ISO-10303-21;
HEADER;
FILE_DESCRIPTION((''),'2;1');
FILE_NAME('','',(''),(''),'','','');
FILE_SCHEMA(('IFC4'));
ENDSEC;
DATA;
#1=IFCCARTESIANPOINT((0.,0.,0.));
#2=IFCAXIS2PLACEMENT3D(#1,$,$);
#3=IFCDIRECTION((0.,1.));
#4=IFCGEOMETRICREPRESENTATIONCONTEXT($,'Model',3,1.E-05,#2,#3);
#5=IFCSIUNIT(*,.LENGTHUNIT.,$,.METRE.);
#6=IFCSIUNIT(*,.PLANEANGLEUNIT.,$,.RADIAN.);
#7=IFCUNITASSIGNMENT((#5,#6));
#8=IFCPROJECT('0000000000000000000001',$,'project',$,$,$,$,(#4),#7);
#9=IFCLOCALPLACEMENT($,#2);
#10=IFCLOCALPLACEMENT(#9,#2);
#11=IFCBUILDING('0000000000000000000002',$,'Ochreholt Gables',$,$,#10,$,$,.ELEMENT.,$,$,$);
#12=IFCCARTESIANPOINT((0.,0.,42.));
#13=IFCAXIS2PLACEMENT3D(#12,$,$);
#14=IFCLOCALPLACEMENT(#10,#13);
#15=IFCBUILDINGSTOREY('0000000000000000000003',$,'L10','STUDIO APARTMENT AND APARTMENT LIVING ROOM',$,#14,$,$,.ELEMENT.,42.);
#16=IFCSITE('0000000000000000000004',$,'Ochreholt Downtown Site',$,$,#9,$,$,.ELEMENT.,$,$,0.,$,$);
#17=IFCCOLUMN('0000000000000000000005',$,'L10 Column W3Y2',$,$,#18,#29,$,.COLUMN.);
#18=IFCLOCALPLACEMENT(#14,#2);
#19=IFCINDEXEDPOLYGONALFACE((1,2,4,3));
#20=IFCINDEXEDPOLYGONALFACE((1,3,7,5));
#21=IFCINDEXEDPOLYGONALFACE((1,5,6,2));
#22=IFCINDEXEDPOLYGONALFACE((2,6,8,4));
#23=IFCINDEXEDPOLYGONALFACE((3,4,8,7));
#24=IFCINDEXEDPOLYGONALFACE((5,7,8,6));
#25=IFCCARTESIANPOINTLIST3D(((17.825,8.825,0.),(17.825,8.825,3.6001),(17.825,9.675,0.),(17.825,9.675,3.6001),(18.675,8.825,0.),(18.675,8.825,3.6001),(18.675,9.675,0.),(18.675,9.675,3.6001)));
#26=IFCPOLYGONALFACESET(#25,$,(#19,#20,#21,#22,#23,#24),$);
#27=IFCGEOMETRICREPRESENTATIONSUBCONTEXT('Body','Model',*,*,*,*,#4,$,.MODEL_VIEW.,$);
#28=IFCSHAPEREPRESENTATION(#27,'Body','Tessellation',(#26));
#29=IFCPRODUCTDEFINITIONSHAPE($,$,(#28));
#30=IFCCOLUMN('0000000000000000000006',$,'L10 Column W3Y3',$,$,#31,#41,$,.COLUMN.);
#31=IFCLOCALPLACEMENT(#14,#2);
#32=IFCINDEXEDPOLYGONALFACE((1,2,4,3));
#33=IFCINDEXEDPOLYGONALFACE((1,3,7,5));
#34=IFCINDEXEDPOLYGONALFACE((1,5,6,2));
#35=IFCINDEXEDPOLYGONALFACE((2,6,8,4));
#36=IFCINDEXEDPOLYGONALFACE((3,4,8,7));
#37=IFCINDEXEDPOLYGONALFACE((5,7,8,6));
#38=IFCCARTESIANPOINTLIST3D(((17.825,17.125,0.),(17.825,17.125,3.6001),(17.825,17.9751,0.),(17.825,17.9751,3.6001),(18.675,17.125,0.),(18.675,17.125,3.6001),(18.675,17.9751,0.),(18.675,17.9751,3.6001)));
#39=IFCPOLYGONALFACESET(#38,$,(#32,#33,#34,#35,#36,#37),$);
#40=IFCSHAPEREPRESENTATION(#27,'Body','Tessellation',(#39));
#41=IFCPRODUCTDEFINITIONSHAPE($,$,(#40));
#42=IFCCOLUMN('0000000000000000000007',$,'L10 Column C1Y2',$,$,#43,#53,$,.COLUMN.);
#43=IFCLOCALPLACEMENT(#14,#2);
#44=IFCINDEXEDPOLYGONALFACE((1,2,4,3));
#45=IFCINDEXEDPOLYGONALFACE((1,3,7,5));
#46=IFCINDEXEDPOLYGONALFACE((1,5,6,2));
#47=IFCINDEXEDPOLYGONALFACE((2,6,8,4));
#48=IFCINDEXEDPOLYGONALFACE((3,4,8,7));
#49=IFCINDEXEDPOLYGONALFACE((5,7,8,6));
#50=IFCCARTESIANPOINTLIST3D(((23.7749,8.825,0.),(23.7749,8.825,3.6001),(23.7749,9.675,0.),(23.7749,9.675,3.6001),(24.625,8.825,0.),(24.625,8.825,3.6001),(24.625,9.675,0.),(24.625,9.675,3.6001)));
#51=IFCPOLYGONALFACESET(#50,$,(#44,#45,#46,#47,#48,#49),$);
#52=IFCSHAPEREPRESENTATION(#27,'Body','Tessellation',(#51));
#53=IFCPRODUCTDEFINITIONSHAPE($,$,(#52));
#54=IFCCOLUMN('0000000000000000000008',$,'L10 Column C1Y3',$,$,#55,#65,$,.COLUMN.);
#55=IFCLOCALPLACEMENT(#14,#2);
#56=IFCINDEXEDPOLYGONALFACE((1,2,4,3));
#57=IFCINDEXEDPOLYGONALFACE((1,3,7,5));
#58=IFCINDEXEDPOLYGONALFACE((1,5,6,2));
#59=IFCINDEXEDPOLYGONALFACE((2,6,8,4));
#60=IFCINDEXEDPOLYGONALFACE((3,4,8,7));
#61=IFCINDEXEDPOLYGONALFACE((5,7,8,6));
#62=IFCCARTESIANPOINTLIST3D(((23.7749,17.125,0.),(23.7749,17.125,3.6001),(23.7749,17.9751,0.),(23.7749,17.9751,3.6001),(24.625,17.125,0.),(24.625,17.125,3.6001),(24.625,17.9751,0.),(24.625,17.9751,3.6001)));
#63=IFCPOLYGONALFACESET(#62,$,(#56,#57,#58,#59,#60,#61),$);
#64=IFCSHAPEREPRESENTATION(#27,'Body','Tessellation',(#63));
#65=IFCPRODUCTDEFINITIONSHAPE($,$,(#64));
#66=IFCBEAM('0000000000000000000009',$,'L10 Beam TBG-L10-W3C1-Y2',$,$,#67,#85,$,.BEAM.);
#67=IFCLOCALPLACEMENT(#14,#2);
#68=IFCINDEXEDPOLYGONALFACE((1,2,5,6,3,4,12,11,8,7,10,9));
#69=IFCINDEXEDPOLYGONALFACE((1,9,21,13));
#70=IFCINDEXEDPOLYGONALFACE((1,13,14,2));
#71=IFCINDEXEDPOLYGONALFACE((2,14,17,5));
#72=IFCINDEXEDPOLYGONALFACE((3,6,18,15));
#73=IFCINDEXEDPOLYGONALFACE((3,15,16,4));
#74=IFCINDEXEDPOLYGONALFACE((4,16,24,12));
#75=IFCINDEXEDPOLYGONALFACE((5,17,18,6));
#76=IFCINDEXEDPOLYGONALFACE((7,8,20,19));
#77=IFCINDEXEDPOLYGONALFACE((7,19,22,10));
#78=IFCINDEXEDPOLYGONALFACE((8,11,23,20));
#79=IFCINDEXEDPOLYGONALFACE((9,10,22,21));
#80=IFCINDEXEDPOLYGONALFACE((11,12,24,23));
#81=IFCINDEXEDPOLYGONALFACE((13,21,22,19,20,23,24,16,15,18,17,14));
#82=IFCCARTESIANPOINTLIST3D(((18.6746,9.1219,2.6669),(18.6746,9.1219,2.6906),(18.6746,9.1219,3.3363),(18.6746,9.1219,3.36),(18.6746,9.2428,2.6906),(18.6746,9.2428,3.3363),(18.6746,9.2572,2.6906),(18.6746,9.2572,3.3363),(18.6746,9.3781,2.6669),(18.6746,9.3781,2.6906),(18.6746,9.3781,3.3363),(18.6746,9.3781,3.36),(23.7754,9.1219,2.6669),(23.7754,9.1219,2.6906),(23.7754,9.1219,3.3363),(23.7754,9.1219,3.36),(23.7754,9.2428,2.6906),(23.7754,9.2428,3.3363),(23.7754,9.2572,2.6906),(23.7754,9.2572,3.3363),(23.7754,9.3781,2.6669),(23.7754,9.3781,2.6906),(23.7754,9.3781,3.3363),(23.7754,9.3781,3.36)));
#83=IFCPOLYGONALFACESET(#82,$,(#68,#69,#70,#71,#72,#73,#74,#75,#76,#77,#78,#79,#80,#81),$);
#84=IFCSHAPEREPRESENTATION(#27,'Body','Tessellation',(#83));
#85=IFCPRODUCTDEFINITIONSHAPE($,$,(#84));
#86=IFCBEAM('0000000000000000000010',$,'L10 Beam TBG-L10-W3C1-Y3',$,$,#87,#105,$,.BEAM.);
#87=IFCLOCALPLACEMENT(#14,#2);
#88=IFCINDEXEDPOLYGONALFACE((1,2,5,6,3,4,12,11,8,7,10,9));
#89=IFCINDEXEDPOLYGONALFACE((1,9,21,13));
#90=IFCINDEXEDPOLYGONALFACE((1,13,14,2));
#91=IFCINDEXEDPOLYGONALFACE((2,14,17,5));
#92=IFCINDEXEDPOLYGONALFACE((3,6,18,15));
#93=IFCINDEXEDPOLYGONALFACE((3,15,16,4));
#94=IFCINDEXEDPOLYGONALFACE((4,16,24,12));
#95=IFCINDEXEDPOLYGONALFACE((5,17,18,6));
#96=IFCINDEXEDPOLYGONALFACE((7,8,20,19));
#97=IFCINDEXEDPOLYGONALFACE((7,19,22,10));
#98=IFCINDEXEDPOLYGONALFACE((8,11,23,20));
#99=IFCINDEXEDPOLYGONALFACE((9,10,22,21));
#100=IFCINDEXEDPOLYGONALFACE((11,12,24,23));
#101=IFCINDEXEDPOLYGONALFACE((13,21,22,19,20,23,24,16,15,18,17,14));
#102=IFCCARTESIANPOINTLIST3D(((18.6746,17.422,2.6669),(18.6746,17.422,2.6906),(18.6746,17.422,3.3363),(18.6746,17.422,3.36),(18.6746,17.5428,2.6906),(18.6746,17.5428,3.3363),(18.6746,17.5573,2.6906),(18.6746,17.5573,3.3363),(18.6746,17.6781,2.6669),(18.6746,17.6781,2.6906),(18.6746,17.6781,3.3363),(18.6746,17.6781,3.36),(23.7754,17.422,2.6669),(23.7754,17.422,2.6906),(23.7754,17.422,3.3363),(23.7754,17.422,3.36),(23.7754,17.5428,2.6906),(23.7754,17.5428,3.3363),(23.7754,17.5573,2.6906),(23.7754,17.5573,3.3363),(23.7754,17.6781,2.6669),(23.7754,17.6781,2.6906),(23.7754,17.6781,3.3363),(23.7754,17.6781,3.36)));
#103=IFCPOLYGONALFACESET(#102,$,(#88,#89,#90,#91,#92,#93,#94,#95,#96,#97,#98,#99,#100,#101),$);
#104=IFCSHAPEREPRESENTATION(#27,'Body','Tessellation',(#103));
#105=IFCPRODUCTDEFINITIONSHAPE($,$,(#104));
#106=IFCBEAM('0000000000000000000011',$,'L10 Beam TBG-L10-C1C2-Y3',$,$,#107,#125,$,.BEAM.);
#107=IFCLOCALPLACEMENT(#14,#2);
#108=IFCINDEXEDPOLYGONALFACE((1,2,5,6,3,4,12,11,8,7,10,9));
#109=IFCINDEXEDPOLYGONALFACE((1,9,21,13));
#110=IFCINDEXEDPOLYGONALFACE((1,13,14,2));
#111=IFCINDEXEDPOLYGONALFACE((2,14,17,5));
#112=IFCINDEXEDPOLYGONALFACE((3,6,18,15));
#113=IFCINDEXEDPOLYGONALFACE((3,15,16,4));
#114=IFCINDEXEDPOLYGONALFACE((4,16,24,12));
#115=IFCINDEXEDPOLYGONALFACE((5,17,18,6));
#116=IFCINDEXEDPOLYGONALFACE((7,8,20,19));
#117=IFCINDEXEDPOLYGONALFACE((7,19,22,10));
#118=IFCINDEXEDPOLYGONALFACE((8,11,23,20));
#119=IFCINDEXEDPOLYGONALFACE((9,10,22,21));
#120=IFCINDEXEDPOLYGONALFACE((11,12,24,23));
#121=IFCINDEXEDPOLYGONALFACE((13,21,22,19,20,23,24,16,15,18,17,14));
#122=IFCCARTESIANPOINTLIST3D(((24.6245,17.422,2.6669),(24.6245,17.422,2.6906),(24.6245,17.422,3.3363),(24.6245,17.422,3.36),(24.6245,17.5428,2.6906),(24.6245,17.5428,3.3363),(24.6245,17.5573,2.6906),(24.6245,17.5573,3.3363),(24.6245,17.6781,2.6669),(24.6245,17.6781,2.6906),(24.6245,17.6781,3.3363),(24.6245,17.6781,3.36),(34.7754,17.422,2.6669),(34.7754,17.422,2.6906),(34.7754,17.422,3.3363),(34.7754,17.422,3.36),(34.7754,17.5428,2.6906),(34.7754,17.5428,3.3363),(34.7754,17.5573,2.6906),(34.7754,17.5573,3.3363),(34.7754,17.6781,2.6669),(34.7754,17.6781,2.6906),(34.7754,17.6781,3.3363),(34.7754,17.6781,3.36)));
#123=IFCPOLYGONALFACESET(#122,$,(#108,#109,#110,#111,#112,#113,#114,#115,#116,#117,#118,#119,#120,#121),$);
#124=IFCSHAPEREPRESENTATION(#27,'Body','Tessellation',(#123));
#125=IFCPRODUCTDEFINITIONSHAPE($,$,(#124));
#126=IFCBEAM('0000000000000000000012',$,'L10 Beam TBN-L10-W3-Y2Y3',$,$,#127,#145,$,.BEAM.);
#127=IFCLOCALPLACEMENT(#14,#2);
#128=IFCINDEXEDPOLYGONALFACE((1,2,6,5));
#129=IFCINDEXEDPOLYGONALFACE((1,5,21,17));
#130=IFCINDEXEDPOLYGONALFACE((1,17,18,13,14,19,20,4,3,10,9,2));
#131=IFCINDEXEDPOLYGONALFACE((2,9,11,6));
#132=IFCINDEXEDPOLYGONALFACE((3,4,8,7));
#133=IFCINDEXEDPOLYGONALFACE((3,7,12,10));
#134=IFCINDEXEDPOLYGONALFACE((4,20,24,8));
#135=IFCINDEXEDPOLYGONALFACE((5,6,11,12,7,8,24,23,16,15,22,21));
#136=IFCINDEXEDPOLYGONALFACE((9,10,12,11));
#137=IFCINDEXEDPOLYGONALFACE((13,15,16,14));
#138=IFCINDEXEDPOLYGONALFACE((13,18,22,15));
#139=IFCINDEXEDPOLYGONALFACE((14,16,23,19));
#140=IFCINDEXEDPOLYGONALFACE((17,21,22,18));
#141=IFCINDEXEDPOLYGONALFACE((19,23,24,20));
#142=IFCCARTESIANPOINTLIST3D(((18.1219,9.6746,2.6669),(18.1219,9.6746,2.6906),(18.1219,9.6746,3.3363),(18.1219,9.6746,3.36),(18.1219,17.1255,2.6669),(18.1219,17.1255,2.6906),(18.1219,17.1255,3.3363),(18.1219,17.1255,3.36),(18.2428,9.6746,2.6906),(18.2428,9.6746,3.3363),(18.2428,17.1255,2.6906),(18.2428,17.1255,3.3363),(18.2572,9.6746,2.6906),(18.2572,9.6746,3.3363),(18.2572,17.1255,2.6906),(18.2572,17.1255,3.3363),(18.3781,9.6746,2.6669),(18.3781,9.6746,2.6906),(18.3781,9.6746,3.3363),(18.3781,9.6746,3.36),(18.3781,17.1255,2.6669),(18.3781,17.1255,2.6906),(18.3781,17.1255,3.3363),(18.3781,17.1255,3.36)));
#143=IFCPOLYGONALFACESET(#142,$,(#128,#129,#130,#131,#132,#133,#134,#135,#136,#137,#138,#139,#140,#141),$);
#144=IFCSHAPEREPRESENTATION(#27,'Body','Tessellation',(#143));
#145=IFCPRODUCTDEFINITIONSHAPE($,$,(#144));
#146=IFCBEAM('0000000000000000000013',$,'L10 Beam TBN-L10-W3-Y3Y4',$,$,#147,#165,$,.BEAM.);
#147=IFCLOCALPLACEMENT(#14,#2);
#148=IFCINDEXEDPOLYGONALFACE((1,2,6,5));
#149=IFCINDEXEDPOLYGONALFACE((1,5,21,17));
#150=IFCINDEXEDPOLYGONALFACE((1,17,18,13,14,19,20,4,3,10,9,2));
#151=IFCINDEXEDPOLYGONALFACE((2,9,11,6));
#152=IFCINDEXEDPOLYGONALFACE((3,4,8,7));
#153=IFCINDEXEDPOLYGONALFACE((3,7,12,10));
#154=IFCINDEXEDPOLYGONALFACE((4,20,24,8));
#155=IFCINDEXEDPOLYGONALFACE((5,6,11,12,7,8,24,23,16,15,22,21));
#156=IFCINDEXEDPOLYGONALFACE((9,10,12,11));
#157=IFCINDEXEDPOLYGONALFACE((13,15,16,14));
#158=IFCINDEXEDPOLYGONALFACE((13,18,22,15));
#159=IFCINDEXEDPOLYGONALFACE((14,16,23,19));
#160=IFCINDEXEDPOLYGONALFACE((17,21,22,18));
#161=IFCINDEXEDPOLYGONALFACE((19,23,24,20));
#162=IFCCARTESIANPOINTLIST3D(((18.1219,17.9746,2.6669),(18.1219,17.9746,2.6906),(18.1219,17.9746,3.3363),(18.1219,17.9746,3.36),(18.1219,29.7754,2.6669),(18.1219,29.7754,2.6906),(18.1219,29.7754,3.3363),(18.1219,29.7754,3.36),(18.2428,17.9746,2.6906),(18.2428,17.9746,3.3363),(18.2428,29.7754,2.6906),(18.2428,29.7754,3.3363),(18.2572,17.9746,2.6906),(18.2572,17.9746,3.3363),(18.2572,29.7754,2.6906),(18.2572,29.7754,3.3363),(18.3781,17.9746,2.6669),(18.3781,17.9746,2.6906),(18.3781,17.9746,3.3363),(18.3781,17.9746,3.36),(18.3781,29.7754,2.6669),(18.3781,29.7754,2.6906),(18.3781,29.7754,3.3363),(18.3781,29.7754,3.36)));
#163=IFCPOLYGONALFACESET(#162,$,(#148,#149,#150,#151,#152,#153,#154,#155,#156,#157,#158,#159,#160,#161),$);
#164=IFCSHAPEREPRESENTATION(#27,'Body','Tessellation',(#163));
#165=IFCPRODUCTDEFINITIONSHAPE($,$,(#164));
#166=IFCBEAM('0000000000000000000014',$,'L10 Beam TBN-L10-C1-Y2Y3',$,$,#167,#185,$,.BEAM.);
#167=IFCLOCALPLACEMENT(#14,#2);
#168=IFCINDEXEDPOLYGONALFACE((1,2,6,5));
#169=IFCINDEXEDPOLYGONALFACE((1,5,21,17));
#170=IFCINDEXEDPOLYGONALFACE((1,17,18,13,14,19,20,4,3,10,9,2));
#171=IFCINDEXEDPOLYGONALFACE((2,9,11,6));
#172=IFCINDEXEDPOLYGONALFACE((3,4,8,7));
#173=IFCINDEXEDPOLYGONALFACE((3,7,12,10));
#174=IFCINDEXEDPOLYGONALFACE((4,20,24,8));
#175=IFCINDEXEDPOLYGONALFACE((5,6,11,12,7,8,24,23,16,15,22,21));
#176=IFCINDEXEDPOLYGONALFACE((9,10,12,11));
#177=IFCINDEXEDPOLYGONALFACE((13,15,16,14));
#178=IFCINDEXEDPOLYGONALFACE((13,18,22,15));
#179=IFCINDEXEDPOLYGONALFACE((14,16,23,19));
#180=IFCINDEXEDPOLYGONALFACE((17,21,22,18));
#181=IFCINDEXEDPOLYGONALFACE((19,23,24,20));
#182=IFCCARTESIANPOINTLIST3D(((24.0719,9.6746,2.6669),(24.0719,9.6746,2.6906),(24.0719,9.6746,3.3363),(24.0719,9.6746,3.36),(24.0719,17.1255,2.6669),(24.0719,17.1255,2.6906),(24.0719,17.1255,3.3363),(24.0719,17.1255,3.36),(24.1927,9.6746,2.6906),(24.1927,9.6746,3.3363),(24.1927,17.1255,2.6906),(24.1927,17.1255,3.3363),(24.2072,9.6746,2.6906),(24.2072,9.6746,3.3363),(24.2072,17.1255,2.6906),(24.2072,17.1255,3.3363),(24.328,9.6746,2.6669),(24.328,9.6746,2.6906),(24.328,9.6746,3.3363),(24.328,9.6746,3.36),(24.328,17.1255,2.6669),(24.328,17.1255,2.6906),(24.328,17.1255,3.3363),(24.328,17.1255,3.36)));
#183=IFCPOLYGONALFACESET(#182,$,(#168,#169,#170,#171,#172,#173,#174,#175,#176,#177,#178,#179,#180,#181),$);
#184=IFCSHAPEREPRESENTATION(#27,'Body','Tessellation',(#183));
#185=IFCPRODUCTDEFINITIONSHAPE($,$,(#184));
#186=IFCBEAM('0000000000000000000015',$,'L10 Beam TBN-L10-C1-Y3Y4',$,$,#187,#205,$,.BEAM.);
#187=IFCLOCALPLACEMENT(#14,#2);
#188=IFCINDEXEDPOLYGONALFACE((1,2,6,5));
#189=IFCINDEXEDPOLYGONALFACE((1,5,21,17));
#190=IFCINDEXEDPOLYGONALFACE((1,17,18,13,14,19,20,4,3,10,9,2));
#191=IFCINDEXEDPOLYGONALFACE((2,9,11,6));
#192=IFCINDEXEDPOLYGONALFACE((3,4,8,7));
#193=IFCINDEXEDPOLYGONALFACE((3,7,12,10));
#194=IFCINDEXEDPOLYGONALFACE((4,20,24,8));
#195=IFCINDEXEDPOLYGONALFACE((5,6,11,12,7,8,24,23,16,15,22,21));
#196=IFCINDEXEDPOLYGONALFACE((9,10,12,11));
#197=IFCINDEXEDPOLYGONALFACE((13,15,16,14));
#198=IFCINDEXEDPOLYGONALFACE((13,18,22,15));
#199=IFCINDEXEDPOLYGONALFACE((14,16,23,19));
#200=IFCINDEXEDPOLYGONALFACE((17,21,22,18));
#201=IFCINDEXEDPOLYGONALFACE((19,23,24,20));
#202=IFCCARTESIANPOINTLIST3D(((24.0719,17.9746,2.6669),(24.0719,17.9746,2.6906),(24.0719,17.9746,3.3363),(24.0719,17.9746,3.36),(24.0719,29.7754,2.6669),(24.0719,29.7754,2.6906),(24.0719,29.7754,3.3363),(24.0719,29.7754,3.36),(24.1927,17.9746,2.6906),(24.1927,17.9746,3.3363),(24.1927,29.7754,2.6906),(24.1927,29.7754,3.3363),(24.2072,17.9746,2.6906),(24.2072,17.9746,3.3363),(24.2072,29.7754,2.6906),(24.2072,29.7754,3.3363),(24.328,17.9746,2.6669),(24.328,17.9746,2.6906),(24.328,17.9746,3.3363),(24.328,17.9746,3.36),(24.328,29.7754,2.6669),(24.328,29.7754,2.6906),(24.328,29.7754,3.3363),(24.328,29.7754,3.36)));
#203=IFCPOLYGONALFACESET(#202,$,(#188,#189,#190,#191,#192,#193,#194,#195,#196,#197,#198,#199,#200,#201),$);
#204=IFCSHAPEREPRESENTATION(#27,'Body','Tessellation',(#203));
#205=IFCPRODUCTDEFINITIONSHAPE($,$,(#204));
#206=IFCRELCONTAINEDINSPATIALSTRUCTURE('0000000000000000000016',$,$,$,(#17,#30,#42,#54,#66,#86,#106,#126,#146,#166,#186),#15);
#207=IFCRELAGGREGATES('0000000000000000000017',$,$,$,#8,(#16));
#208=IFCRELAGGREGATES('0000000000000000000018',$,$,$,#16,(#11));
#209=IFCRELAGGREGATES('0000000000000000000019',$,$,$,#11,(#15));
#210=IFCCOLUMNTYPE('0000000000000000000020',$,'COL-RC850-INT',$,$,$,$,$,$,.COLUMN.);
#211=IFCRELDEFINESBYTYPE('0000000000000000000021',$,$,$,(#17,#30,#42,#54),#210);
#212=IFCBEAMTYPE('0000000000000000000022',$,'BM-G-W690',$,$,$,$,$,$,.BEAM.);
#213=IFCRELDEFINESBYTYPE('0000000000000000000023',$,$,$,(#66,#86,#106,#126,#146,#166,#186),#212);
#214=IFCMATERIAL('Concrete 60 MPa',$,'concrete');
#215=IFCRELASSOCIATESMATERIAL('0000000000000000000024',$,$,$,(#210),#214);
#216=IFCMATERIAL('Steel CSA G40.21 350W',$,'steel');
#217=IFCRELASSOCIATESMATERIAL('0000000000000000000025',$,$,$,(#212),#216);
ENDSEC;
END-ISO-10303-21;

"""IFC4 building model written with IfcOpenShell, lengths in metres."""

from ifc_helpers import new_model, si_unit, direction, frame, origin, origin_2d, place, context, subcontext, project, spatial, rectangle, i_section, extrude, material, material_profile, profile_set, type_object, element, save


model = new_model("IFC4")

# Units and contexts
model_context = context("Model", 3, precision=1e-05, world=origin(), true_north=direction((0.0, 1.0)))
body_context = subcontext(model_context, "Body", "Model", "MODEL_VIEW")
ifc_project = project(units=[si_unit("LENGTHUNIT", "METRE"), si_unit("PLANEANGLEUNIT", "RADIAN")], contexts=[model_context])

# Site, building, storey
site_placement = place(None, origin())
site = spatial("IfcSite", under=ifc_project, at=site_placement, Name="Ochreholt Downtown Site", CompositionType="ELEMENT", RefElevation=0.0)
building_placement = place(site_placement, origin())
building = spatial("IfcBuilding", under=site, at=building_placement, Name="Ochreholt Gables", CompositionType="ELEMENT")
storey_placement = place(building_placement, frame((0.0, 0.0, 42.0)))
storey = spatial("IfcBuildingStorey", under=building, at=storey_placement, Name="L10", Description="STUDIO APARTMENT AND APARTMENT LIVING ROOM", CompositionType="ELEMENT", Elevation=42.0)

# Columns
ifc_material_1 = material(Name="Concrete 60 MPa", Category="concrete")
ifc_material_profile_1 = material_profile(ifc_material_1, rectangle(XDim=0.8501, YDim=0.8501, at=origin_2d()), Name="RC850X850")
ifc_profile_set_1 = profile_set([ifc_material_profile_1], Name="Concrete 60 MPa")
column_type = type_object("IfcColumnType", Name="COL-RC850-INT", PredefinedType="COLUMN", material=ifc_profile_set_1)
for number, where, z_axis, x_axis, name in (
    (1, (18.25, 9.25, 0.0), (0.0, 0.0, 1.0), (1.0, 0.0, 0.0), "L10 Column W3Y2"),
    (2, (18.25, 17.55, 0.0), (0.0, 0.0, 1.0), (1.0, 0.0, 0.0), "L10 Column W3Y3"),
    (3, (24.2, 9.25, 0.0), (0.0, 0.0, 1.0), (1.0, 0.0, 0.0), "L10 Column C1Y2"),
    (4, (24.2, 17.55, 0.0), (0.0, 0.0, 1.0), (1.0, 0.0, 0.0), "L10 Column C1Y3"),
):
    element("IfcColumn", number, at=place(storey_placement, frame(where, z_axis=z_axis, x_axis=x_axis)), inside=storey, type_object=column_type, Name=name, PredefinedType="COLUMN", context=body_context, shape_type="SweptSolid", body=[
        extrude(rectangle(XDim=0.8501, YDim=0.8501, at=origin_2d()), origin(), (0.0, 0.0, 1.0), 3.6001),
    ])

# Beams
ifc_material_2 = material(Name="Steel CSA G40.21 350W", Category="steel")
ifc_material_profile_2 = material_profile(ifc_material_2, i_section(OverallWidth=0.2561, OverallDepth=0.6931, WebThickness=0.0144, FlangeThickness=0.0237, at=origin_2d()), Name="W690X170")
ifc_profile_set_2 = profile_set([ifc_material_profile_2], Name="Steel CSA G40.21 350W")
beam_type_1 = type_object("IfcBeamType", Name="BM-G-W690", PredefinedType="BEAM", material=ifc_profile_set_2)
for number, where, z_axis, x_axis, name in (
    (5, (18.6746, 9.25, 3.0134), (1.0, 0.0, 0.0), (0.0, 1.0, 0.0), "L10 Beam TBG-L10-W3C1-Y2"),
    (6, (18.6746, 17.55, 3.0134), (1.0, 0.0, 0.0), (0.0, 1.0, 0.0), "L10 Beam TBG-L10-W3C1-Y3"),
):
    element("IfcBeam", number, at=place(storey_placement, frame(where, z_axis=z_axis, x_axis=x_axis)), inside=storey, type_object=beam_type_1, Name=name, PredefinedType="BEAM", context=body_context, shape_type="SweptSolid", body=[
        extrude(i_section(OverallWidth=0.2561, OverallDepth=0.6931, WebThickness=0.0144, FlangeThickness=0.0237, at=origin_2d()), origin(), (0.0, 0.0, 1.0), 5.1008),
    ])
beam_1_placement = place(storey_placement, frame((24.6245, 17.55, 3.0134), z_axis=(1.0, 0.0, 0.0), x_axis=(0.0, 1.0, 0.0)))
element("IfcBeam", 7, at=beam_1_placement, inside=storey, type_object=beam_type_1, Name="L10 Beam TBG-L10-C1C2-Y3", PredefinedType="BEAM", context=body_context, shape_type="SweptSolid", body=[
    extrude(i_section(OverallWidth=0.2561, OverallDepth=0.6931, WebThickness=0.0144, FlangeThickness=0.0237, at=origin_2d()), origin(), (0.0, 0.0, 1.0), 10.1509),
])
beam_2_placement = place(storey_placement, frame((18.25, 9.6746, 3.0134), z_axis=(0.0, 1.0, 0.0), x_axis=(-1.0, 0.0, 0.0)))
element("IfcBeam", 8, at=beam_2_placement, inside=storey, type_object=beam_type_1, Name="L10 Beam TBN-L10-W3-Y2Y3", PredefinedType="BEAM", context=body_context, shape_type="SweptSolid", body=[
    extrude(i_section(OverallWidth=0.2561, OverallDepth=0.6931, WebThickness=0.0144, FlangeThickness=0.0237, at=origin_2d()), origin(), (0.0, 0.0, 1.0), 7.4509),
])
beam_3_placement = place(storey_placement, frame((18.25, 17.9746, 3.0134), z_axis=(0.0, 1.0, 0.0), x_axis=(-1.0, 0.0, 0.0)))
element("IfcBeam", 9, at=beam_3_placement, inside=storey, type_object=beam_type_1, Name="L10 Beam TBN-L10-W3-Y3Y4", PredefinedType="BEAM", context=body_context, shape_type="SweptSolid", body=[
    extrude(i_section(OverallWidth=0.2561, OverallDepth=0.6931, WebThickness=0.0144, FlangeThickness=0.0237, at=origin_2d()), origin(), (0.0, 0.0, 1.0), 11.8008),
])
beam_4_placement = place(storey_placement, frame((24.2, 9.6746, 3.0134), z_axis=(0.0, 1.0, 0.0), x_axis=(-1.0, 0.0, 0.0)))
element("IfcBeam", 10, at=beam_4_placement, inside=storey, type_object=beam_type_1, Name="L10 Beam TBN-L10-C1-Y2Y3", PredefinedType="BEAM", context=body_context, shape_type="SweptSolid", body=[
    extrude(i_section(OverallWidth=0.2561, OverallDepth=0.6931, WebThickness=0.0144, FlangeThickness=0.0237, at=origin_2d()), origin(), (0.0, 0.0, 1.0), 7.4509),
])
beam_5_placement = place(storey_placement, frame((24.2, 17.9746, 3.0134), z_axis=(0.0, 1.0, 0.0), x_axis=(-1.0, 0.0, 0.0)))
element("IfcBeam", 11, at=beam_5_placement, inside=storey, type_object=beam_type_1, Name="L10 Beam TBN-L10-C1-Y3Y4", PredefinedType="BEAM", context=body_context, shape_type="SweptSolid", body=[
    extrude(i_section(OverallWidth=0.2561, OverallDepth=0.6931, WebThickness=0.0144, FlangeThickness=0.0237, at=origin_2d()), origin(), (0.0, 0.0, 1.0), 11.8008),
])

save(model, "model.ifc")
